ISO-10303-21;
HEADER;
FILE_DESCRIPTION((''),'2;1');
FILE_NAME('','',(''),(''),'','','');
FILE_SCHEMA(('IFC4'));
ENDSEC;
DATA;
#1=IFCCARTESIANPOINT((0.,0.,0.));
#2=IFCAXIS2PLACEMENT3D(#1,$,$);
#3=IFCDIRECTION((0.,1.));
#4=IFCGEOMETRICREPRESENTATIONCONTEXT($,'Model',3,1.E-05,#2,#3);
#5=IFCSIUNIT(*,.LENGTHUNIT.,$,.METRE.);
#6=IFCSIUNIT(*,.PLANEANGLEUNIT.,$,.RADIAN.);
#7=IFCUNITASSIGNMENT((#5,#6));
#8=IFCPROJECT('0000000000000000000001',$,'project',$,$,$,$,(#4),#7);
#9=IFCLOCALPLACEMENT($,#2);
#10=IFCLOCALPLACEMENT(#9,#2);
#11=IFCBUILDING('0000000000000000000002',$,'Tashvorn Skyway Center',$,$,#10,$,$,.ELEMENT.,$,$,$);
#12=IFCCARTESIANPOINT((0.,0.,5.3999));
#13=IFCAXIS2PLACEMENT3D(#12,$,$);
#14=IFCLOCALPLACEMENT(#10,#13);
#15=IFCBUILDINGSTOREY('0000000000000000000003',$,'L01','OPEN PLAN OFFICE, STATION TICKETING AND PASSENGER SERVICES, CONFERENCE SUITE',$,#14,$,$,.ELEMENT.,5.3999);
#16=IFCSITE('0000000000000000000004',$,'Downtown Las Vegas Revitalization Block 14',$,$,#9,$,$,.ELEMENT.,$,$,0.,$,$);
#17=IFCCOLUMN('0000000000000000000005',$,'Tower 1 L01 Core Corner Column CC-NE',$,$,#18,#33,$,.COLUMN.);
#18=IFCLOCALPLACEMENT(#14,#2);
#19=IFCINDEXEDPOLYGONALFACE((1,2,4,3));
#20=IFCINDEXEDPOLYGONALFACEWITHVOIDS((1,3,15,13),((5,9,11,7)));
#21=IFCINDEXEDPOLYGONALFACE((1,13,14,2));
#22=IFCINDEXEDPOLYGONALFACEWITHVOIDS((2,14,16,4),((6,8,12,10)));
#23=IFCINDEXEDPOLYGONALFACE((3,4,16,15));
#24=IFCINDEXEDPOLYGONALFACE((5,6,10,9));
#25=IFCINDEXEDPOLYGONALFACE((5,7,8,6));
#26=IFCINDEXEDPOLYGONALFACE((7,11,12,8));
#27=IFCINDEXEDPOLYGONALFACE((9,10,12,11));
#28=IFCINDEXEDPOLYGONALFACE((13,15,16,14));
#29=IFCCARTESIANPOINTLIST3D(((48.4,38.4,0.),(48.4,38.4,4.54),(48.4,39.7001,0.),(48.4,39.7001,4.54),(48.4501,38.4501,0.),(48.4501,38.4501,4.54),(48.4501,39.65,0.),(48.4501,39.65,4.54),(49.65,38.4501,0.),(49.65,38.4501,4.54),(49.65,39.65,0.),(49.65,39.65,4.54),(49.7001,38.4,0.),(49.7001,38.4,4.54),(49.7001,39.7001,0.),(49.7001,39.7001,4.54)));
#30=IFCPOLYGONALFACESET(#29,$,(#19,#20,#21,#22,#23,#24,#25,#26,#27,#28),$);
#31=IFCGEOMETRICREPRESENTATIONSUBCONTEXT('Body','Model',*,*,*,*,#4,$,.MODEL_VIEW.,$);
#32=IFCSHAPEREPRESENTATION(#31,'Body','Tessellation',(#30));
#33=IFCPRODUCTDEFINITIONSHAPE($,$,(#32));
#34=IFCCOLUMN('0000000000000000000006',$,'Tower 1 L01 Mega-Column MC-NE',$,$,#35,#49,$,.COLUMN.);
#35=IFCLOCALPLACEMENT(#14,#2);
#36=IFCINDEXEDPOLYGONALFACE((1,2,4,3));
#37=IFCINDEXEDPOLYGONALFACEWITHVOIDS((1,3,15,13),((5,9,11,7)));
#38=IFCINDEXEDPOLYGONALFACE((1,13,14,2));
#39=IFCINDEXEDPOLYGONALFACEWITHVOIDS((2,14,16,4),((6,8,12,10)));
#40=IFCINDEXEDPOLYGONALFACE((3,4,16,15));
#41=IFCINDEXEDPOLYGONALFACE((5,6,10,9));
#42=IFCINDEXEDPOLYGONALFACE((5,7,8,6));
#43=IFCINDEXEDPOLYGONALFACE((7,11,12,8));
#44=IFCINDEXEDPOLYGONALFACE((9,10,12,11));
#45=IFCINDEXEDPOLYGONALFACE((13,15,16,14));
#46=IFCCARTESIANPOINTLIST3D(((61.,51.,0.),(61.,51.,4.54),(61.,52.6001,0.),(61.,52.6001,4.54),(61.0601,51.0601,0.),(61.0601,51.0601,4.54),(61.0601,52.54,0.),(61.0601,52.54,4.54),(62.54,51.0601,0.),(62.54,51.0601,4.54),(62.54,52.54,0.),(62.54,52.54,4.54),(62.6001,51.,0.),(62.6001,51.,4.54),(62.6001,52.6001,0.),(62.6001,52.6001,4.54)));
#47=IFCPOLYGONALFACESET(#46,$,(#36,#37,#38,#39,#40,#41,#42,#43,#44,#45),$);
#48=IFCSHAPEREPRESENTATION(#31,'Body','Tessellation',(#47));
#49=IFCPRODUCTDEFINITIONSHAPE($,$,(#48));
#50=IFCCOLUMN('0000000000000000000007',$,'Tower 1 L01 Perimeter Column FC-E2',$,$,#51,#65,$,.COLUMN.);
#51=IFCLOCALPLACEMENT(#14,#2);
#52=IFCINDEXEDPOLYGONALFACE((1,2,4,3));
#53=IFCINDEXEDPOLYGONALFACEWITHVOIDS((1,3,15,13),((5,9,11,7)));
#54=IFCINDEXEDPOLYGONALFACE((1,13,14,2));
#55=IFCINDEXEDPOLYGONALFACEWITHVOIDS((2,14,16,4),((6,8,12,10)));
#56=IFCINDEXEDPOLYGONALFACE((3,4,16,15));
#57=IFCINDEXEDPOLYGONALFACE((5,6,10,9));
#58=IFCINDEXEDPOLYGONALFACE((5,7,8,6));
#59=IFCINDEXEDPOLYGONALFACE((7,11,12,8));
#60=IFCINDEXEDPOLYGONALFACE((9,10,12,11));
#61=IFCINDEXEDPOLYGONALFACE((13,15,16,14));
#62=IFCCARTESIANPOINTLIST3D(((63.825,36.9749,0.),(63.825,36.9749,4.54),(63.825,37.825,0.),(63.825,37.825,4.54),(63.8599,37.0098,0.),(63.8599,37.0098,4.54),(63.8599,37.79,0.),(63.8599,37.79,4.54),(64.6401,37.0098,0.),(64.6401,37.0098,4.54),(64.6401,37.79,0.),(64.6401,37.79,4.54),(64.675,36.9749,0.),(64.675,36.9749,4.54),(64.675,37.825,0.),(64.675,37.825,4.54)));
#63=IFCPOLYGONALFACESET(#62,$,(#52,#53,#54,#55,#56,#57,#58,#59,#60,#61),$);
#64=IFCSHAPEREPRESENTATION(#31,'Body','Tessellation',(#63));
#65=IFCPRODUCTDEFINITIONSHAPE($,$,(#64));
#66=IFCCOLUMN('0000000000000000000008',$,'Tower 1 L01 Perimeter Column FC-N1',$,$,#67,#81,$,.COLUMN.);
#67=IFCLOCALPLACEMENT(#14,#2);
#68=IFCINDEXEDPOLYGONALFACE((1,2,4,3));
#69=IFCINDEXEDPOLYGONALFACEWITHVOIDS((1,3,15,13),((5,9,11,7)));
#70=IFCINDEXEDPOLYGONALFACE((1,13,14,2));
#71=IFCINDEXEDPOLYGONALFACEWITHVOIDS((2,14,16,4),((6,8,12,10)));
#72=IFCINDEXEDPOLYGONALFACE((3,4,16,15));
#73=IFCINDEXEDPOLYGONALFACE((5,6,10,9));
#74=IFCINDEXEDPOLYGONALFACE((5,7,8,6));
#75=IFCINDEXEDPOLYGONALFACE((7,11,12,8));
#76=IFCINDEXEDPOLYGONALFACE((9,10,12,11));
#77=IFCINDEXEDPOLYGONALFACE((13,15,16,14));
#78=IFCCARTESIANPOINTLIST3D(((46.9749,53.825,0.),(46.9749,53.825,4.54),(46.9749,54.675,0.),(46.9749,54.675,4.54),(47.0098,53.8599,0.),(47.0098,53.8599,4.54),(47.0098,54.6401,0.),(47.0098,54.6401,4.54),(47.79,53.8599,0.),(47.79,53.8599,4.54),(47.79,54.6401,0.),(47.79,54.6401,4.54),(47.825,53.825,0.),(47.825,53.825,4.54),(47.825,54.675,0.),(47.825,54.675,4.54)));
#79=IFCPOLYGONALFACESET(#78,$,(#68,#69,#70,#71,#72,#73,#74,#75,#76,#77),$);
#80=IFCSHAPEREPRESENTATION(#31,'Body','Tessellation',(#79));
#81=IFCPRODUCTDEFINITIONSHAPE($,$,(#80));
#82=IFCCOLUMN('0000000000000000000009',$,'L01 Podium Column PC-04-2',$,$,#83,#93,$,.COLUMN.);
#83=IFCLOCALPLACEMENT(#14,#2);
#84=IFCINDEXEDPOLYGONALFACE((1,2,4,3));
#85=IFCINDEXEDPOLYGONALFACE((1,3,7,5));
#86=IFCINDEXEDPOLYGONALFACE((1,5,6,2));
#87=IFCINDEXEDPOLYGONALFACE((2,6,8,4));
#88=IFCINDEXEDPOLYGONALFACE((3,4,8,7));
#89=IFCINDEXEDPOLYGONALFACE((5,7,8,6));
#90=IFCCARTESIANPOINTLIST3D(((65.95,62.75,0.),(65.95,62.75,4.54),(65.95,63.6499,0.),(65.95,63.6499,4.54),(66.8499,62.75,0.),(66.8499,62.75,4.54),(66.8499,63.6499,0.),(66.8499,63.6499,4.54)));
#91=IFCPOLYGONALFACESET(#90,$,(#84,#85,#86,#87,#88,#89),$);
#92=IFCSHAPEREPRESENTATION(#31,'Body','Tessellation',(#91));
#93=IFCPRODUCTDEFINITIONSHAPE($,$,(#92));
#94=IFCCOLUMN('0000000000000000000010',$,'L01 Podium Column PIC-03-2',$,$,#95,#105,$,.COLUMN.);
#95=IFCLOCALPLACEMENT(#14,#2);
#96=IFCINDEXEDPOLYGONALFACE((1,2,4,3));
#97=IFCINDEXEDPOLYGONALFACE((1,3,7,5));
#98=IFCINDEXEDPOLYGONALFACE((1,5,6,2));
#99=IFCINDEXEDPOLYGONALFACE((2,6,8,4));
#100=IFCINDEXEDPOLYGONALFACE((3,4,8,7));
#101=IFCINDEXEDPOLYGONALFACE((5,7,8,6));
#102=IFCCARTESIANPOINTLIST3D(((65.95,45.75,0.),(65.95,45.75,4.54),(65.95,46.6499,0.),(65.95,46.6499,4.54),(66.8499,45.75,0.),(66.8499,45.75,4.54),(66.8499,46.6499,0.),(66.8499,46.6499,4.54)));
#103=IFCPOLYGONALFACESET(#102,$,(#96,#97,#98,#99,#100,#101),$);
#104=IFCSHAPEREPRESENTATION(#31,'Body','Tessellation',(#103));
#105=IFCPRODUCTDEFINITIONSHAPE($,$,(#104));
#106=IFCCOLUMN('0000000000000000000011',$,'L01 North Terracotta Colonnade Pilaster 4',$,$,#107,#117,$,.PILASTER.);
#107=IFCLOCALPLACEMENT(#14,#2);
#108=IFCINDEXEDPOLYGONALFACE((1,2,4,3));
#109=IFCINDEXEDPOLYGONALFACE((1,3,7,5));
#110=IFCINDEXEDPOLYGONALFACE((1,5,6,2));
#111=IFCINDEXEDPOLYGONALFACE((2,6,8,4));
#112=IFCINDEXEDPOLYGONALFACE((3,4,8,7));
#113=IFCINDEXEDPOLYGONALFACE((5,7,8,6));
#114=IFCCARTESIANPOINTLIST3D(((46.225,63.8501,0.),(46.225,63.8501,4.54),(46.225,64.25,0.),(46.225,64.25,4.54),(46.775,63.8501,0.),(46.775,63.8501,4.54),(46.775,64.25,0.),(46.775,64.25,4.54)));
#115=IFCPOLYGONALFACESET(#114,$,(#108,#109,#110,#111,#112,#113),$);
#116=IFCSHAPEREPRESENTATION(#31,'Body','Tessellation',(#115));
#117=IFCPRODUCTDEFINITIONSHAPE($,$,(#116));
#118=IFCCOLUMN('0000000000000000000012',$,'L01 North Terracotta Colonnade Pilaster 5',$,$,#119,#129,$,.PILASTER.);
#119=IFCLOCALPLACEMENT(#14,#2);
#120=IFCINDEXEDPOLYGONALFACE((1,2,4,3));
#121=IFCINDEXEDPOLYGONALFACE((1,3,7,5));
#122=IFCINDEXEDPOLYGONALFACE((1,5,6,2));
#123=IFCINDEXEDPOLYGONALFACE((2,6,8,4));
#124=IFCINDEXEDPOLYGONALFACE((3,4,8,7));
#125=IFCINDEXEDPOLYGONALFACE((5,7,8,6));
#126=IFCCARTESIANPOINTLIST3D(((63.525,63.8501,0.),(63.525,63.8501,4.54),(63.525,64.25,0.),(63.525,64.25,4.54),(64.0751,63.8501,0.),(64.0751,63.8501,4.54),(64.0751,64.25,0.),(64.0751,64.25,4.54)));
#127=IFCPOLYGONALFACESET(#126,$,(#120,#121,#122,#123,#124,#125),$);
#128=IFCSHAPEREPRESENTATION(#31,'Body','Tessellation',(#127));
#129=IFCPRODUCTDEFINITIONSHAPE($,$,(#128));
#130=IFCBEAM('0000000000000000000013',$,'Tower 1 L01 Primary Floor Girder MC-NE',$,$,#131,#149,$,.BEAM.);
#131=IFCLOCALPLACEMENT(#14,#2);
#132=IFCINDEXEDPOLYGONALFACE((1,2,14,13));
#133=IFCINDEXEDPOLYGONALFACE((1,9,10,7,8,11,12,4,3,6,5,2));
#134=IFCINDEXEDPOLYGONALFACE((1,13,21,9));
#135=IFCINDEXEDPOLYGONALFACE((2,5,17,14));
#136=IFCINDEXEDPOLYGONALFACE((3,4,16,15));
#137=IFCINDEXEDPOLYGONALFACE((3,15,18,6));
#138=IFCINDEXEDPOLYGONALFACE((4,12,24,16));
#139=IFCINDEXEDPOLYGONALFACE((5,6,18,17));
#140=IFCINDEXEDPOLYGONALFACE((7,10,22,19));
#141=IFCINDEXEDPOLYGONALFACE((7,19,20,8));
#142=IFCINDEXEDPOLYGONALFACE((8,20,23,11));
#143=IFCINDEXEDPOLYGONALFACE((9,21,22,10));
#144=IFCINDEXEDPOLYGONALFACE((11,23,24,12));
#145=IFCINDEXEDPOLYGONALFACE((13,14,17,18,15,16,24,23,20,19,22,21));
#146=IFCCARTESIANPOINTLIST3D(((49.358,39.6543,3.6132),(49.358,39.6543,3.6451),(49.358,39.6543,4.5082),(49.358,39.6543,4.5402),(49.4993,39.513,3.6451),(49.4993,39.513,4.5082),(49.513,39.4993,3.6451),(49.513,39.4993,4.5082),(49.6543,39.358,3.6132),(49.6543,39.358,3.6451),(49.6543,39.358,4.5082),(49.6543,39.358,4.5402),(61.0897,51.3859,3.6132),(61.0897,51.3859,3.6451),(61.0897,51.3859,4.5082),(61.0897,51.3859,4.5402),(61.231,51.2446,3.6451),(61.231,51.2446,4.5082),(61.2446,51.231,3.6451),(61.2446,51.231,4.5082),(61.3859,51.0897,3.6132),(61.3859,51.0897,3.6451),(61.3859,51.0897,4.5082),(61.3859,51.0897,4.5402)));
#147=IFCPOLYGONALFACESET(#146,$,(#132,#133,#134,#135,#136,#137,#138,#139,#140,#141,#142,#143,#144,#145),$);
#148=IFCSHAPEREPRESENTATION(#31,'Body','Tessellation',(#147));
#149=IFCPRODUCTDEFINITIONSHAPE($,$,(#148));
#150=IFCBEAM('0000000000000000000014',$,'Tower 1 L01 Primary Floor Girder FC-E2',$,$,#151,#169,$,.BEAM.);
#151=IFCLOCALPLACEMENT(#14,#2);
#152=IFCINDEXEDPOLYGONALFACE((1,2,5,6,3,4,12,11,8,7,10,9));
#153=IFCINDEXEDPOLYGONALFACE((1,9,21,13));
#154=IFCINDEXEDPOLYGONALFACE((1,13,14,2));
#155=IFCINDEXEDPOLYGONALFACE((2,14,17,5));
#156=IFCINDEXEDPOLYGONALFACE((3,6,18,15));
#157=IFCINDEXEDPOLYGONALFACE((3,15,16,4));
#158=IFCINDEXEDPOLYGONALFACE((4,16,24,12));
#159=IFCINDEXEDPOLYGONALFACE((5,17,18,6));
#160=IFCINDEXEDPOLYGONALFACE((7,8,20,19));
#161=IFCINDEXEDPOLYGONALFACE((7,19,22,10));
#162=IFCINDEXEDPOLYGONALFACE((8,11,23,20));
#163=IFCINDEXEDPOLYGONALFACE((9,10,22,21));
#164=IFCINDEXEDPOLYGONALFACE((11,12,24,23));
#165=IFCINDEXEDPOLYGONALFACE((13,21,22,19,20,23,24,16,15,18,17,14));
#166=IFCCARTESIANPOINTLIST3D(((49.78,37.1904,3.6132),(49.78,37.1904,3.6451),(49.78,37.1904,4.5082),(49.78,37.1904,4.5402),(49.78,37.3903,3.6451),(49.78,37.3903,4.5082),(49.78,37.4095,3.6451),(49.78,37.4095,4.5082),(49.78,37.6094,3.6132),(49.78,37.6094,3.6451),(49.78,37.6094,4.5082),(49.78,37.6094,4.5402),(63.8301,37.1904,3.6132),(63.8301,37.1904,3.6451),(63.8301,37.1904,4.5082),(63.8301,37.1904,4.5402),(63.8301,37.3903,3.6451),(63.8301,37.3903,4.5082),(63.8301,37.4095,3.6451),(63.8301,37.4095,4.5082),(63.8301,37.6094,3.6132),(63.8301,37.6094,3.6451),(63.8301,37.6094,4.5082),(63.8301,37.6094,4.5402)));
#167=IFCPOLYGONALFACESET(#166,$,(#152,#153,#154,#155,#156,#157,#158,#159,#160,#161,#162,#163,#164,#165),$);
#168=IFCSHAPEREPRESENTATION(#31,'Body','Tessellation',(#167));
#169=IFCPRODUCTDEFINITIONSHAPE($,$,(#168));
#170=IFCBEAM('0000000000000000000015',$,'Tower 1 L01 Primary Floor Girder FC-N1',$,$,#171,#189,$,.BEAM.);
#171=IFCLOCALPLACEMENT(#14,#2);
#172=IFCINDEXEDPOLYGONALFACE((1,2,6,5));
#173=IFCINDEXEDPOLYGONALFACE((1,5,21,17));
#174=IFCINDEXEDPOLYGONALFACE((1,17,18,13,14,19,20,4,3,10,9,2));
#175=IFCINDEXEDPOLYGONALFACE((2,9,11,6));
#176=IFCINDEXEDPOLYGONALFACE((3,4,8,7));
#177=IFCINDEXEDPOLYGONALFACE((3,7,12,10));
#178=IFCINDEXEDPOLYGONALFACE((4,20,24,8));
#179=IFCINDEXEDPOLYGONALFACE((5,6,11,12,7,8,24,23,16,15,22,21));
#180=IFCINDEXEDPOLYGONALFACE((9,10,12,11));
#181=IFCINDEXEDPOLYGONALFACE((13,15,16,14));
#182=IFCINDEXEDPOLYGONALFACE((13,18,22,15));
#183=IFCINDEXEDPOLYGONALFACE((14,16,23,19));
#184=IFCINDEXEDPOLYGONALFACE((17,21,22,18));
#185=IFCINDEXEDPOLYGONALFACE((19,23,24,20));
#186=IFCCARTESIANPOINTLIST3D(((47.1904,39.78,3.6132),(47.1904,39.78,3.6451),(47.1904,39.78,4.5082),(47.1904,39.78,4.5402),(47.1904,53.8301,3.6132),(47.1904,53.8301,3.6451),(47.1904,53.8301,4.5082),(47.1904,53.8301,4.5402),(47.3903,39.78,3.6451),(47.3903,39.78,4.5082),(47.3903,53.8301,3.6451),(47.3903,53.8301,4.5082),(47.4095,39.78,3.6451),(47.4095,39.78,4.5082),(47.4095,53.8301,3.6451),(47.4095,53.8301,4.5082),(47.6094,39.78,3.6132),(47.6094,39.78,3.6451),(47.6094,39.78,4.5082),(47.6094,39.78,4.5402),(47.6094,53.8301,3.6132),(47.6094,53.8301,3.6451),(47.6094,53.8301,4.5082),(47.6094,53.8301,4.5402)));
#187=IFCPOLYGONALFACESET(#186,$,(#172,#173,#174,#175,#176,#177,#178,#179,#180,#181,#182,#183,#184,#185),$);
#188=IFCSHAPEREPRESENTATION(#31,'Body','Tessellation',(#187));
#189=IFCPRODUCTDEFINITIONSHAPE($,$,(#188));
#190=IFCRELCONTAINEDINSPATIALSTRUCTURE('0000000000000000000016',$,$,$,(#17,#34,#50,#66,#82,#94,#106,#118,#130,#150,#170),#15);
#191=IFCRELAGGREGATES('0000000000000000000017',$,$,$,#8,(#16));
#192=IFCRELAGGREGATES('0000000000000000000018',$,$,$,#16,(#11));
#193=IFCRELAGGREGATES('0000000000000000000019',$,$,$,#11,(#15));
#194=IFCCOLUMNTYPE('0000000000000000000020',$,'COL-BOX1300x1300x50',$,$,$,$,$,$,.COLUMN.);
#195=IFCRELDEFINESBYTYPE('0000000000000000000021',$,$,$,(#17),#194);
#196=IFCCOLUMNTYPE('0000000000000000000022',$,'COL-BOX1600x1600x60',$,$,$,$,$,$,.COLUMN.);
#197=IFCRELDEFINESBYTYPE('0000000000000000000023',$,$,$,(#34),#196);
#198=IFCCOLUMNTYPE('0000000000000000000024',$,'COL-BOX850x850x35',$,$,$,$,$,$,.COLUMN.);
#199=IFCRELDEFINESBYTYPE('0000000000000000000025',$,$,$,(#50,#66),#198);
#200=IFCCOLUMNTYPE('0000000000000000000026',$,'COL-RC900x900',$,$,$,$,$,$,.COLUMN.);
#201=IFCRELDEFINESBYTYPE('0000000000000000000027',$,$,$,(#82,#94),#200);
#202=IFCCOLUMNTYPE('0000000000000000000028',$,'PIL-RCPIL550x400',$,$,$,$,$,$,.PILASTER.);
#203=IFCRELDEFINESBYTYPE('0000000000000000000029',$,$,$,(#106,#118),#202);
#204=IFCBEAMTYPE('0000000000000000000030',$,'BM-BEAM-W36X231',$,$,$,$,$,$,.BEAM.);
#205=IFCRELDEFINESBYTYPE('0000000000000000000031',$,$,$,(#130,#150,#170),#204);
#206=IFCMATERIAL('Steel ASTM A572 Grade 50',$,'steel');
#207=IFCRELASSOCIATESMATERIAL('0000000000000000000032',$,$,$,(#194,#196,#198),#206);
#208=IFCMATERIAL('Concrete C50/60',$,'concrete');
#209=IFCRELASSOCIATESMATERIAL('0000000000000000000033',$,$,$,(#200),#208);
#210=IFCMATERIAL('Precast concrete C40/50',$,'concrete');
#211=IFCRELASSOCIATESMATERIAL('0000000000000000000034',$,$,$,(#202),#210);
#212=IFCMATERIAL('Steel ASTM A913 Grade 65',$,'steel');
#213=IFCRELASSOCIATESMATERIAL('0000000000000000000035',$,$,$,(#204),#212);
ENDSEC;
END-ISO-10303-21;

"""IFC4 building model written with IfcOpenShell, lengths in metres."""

from ifc_helpers import new_model, si_unit, direction, frame, origin, origin_2d, place, context, subcontext, project, spatial, rectangle, hollow_rectangle, i_section, extrude, material, material_profile, profile_set, type_object, element, save


model = new_model("IFC4")

# Units and contexts
model_context = context("Model", 3, precision=1e-05, world=origin(), true_north=direction((0.0, 1.0)))
body_context = subcontext(model_context, "Body", "Model", "MODEL_VIEW")
ifc_project = project(units=[si_unit("LENGTHUNIT", "METRE"), si_unit("PLANEANGLEUNIT", "RADIAN")], contexts=[model_context])

# Site, building, storey
site_placement = place(None, origin())
site = spatial("IfcSite", under=ifc_project, at=site_placement, Name="Downtown Las Vegas Revitalization Block 14", CompositionType="ELEMENT", RefElevation=0.0)
building_placement = place(site_placement, origin())
building = spatial("IfcBuilding", under=site, at=building_placement, Name="Tashvorn Skyway Center", CompositionType="ELEMENT")
storey_placement = place(building_placement, frame((0.0, 0.0, 5.3999)))
storey = spatial("IfcBuildingStorey", under=building, at=storey_placement, Name="L01", Description="OPEN PLAN OFFICE, STATION TICKETING AND PASSENGER SERVICES, CONFERENCE SUITE", CompositionType="ELEMENT", Elevation=5.3999)

# Columns
ifc_material_1 = material(Name="Steel ASTM A572 Grade 50", Category="steel")
ifc_material_profile_1 = material_profile(ifc_material_1, hollow_rectangle(XDim=1.3, YDim=1.3, WallThickness=0.05, at=origin_2d()), Name="BOX1300x1300x50")
ifc_profile_set_1 = profile_set([ifc_material_profile_1], Name="Steel ASTM A572 Grade 50")
column_type_1 = type_object("IfcColumnType", Name="COL-BOX1300x1300x50", PredefinedType="COLUMN", material=ifc_profile_set_1)
column_1_placement = place(storey_placement, frame((49.05, 39.05, 0.0), z_axis=(0.0, 0.0, 1.0), x_axis=(1.0, 0.0, 0.0)))
element("IfcColumn", 1, at=column_1_placement, inside=storey, type_object=column_type_1, Name="Tower 1 L01 Core Corner Column CC-NE", PredefinedType="COLUMN", context=body_context, shape_type="SweptSolid", body=[
    extrude(hollow_rectangle(XDim=1.3, YDim=1.3, WallThickness=0.05, at=origin_2d()), origin(), (0.0, 0.0, 1.0), 4.54),
])
ifc_material_profile_2 = material_profile(ifc_material_1, hollow_rectangle(XDim=1.6001, YDim=1.6001, WallThickness=0.0601, at=origin_2d()), Name="BOX1600x1600x60")
ifc_profile_set_2 = profile_set([ifc_material_profile_2], Name="Steel ASTM A572 Grade 50")
column_type_2 = type_object("IfcColumnType", Name="COL-BOX1600x1600x60", PredefinedType="COLUMN", material=ifc_profile_set_2)
column_2_placement = place(storey_placement, frame((61.8, 51.8, 0.0), z_axis=(0.0, 0.0, 1.0), x_axis=(1.0, 0.0, 0.0)))
element("IfcColumn", 2, at=column_2_placement, inside=storey, type_object=column_type_2, Name="Tower 1 L01 Mega-Column MC-NE", PredefinedType="COLUMN", context=body_context, shape_type="SweptSolid", body=[
    extrude(hollow_rectangle(XDim=1.6001, YDim=1.6001, WallThickness=0.0601, at=origin_2d()), origin(), (0.0, 0.0, 1.0), 4.54),
])
ifc_material_profile_3 = material_profile(ifc_material_1, hollow_rectangle(XDim=0.8501, YDim=0.8501, WallThickness=0.0349, at=origin_2d()), Name="BOX850x850x35")
ifc_profile_set_3 = profile_set([ifc_material_profile_3], Name="Steel ASTM A572 Grade 50")
column_type_3 = type_object("IfcColumnType", Name="COL-BOX850x850x35", PredefinedType="COLUMN", material=ifc_profile_set_3)
for number, where, z_axis, x_axis, name in (
    (3, (64.25, 37.3999, 0.0), (0.0, 0.0, 1.0), (1.0, 0.0, 0.0), "Tower 1 L01 Perimeter Column FC-E2"),
    (4, (47.3999, 54.25, 0.0), (0.0, 0.0, 1.0), (1.0, 0.0, 0.0), "Tower 1 L01 Perimeter Column FC-N1"),
):
    element("IfcColumn", number, at=place(storey_placement, frame(where, z_axis=z_axis, x_axis=x_axis)), inside=storey, type_object=column_type_3, Name=name, PredefinedType="COLUMN", context=body_context, shape_type="SweptSolid", body=[
        extrude(hollow_rectangle(XDim=0.8501, YDim=0.8501, WallThickness=0.0349, at=origin_2d()), origin(), (0.0, 0.0, 1.0), 4.54),
    ])
ifc_material_2 = material(Name="Concrete C50/60", Category="concrete")
ifc_material_profile_4 = material_profile(ifc_material_2, rectangle(XDim=0.8999, YDim=0.8999, at=origin_2d()), Name="RC900x900")
ifc_profile_set_4 = profile_set([ifc_material_profile_4], Name="Concrete C50/60")
column_type_4 = type_object("IfcColumnType", Name="COL-RC900x900", PredefinedType="COLUMN", material=ifc_profile_set_4)
for number, where, z_axis, x_axis, name in (
    (5, (66.3999, 63.2, 0.0), (0.0, 0.0, 1.0), (1.0, 0.0, 0.0), "L01 Podium Column PC-04-2"),
    (6, (66.3999, 46.2, 0.0), (0.0, 0.0, 1.0), (1.0, 0.0, 0.0), "L01 Podium Column PIC-03-2"),
):
    element("IfcColumn", number, at=place(storey_placement, frame(where, z_axis=z_axis, x_axis=x_axis)), inside=storey, type_object=column_type_4, Name=name, PredefinedType="COLUMN", context=body_context, shape_type="SweptSolid", body=[
        extrude(rectangle(XDim=0.8999, YDim=0.8999, at=origin_2d()), origin(), (0.0, 0.0, 1.0), 4.54),
    ])
ifc_material_3 = material(Name="Precast concrete C40/50", Category="concrete")
ifc_material_profile_5 = material_profile(ifc_material_3, rectangle(XDim=0.55, YDim=0.3999, at=origin_2d()), Name="RCPIL550x400")
ifc_profile_set_5 = profile_set([ifc_material_profile_5], Name="Precast concrete C40/50")
column_type_5 = type_object("IfcColumnType", Name="PIL-RCPIL550x400", PredefinedType="PILASTER", material=ifc_profile_set_5)
for number, where, z_axis, x_axis, name in (
    (7, (46.5, 64.05, 0.0), (0.0, 0.0, 1.0), (1.0, 0.0, 0.0), "L01 North Terracotta Colonnade Pilaster 4"),
    (8, (63.8, 64.05, 0.0), (0.0, 0.0, 1.0), (1.0, 0.0, 0.0), "L01 North Terracotta Colonnade Pilaster 5"),
):
    element("IfcColumn", number, at=place(storey_placement, frame(where, z_axis=z_axis, x_axis=x_axis)), inside=storey, type_object=column_type_5, Name=name, PredefinedType="PILASTER", context=body_context, shape_type="SweptSolid", body=[
        extrude(rectangle(XDim=0.55, YDim=0.3999, at=origin_2d()), origin(), (0.0, 0.0, 1.0), 4.54),
    ])

# Beams
ifc_material_4 = material(Name="Steel ASTM A913 Grade 65", Category="steel")
ifc_material_profile_6 = material_profile(ifc_material_4, i_section(OverallWidth=0.4189, OverallDepth=0.927, WebThickness=0.0193, FlangeThickness=0.032, at=origin_2d()), Name="W36X231")
ifc_profile_set_6 = profile_set([ifc_material_profile_6], Name="Steel ASTM A913 Grade 65")
beam_type_1 = type_object("IfcBeamType", Name="BM-BEAM-W36X231", PredefinedType="BEAM", material=ifc_profile_set_6)
beam_1_placement = place(storey_placement, frame((61.2378, 51.2378, 4.0767), z_axis=(-0.707107, -0.707107, 0.0), x_axis=(0.707107, -0.707107, 0.0)))
element("IfcBeam", 9, at=beam_1_placement, inside=storey, type_object=beam_type_1, Name="Tower 1 L01 Primary Floor Girder MC-NE", PredefinedType="BEAM", context=body_context, shape_type="SweptSolid", body=[
    extrude(i_section(OverallWidth=0.4189, OverallDepth=0.927, WebThickness=0.0193, FlangeThickness=0.032, at=origin_2d()), origin(), (0.0, 0.0, 1.0), 16.5911),
])
for number, where, z_axis, x_axis, name in (
    (10, (63.8301, 37.3999, 4.0767), (-1.0, 0.0, 0.0), (0.0, -1.0, 0.0), "Tower 1 L01 Primary Floor Girder FC-E2"),
    (11, (47.3999, 53.8301, 4.0767), (0.0, -1.0, 0.0), (1.0, 0.0, 0.0), "Tower 1 L01 Primary Floor Girder FC-N1"),
):
    element("IfcBeam", number, at=place(storey_placement, frame(where, z_axis=z_axis, x_axis=x_axis)), inside=storey, type_object=beam_type_1, Name=name, PredefinedType="BEAM", context=body_context, shape_type="SweptSolid", body=[
        extrude(i_section(OverallWidth=0.4189, OverallDepth=0.927, WebThickness=0.0193, FlangeThickness=0.032, at=origin_2d()), origin(), (0.0, 0.0, 1.0), 14.05),
    ])

save(model, "model.ifc")
